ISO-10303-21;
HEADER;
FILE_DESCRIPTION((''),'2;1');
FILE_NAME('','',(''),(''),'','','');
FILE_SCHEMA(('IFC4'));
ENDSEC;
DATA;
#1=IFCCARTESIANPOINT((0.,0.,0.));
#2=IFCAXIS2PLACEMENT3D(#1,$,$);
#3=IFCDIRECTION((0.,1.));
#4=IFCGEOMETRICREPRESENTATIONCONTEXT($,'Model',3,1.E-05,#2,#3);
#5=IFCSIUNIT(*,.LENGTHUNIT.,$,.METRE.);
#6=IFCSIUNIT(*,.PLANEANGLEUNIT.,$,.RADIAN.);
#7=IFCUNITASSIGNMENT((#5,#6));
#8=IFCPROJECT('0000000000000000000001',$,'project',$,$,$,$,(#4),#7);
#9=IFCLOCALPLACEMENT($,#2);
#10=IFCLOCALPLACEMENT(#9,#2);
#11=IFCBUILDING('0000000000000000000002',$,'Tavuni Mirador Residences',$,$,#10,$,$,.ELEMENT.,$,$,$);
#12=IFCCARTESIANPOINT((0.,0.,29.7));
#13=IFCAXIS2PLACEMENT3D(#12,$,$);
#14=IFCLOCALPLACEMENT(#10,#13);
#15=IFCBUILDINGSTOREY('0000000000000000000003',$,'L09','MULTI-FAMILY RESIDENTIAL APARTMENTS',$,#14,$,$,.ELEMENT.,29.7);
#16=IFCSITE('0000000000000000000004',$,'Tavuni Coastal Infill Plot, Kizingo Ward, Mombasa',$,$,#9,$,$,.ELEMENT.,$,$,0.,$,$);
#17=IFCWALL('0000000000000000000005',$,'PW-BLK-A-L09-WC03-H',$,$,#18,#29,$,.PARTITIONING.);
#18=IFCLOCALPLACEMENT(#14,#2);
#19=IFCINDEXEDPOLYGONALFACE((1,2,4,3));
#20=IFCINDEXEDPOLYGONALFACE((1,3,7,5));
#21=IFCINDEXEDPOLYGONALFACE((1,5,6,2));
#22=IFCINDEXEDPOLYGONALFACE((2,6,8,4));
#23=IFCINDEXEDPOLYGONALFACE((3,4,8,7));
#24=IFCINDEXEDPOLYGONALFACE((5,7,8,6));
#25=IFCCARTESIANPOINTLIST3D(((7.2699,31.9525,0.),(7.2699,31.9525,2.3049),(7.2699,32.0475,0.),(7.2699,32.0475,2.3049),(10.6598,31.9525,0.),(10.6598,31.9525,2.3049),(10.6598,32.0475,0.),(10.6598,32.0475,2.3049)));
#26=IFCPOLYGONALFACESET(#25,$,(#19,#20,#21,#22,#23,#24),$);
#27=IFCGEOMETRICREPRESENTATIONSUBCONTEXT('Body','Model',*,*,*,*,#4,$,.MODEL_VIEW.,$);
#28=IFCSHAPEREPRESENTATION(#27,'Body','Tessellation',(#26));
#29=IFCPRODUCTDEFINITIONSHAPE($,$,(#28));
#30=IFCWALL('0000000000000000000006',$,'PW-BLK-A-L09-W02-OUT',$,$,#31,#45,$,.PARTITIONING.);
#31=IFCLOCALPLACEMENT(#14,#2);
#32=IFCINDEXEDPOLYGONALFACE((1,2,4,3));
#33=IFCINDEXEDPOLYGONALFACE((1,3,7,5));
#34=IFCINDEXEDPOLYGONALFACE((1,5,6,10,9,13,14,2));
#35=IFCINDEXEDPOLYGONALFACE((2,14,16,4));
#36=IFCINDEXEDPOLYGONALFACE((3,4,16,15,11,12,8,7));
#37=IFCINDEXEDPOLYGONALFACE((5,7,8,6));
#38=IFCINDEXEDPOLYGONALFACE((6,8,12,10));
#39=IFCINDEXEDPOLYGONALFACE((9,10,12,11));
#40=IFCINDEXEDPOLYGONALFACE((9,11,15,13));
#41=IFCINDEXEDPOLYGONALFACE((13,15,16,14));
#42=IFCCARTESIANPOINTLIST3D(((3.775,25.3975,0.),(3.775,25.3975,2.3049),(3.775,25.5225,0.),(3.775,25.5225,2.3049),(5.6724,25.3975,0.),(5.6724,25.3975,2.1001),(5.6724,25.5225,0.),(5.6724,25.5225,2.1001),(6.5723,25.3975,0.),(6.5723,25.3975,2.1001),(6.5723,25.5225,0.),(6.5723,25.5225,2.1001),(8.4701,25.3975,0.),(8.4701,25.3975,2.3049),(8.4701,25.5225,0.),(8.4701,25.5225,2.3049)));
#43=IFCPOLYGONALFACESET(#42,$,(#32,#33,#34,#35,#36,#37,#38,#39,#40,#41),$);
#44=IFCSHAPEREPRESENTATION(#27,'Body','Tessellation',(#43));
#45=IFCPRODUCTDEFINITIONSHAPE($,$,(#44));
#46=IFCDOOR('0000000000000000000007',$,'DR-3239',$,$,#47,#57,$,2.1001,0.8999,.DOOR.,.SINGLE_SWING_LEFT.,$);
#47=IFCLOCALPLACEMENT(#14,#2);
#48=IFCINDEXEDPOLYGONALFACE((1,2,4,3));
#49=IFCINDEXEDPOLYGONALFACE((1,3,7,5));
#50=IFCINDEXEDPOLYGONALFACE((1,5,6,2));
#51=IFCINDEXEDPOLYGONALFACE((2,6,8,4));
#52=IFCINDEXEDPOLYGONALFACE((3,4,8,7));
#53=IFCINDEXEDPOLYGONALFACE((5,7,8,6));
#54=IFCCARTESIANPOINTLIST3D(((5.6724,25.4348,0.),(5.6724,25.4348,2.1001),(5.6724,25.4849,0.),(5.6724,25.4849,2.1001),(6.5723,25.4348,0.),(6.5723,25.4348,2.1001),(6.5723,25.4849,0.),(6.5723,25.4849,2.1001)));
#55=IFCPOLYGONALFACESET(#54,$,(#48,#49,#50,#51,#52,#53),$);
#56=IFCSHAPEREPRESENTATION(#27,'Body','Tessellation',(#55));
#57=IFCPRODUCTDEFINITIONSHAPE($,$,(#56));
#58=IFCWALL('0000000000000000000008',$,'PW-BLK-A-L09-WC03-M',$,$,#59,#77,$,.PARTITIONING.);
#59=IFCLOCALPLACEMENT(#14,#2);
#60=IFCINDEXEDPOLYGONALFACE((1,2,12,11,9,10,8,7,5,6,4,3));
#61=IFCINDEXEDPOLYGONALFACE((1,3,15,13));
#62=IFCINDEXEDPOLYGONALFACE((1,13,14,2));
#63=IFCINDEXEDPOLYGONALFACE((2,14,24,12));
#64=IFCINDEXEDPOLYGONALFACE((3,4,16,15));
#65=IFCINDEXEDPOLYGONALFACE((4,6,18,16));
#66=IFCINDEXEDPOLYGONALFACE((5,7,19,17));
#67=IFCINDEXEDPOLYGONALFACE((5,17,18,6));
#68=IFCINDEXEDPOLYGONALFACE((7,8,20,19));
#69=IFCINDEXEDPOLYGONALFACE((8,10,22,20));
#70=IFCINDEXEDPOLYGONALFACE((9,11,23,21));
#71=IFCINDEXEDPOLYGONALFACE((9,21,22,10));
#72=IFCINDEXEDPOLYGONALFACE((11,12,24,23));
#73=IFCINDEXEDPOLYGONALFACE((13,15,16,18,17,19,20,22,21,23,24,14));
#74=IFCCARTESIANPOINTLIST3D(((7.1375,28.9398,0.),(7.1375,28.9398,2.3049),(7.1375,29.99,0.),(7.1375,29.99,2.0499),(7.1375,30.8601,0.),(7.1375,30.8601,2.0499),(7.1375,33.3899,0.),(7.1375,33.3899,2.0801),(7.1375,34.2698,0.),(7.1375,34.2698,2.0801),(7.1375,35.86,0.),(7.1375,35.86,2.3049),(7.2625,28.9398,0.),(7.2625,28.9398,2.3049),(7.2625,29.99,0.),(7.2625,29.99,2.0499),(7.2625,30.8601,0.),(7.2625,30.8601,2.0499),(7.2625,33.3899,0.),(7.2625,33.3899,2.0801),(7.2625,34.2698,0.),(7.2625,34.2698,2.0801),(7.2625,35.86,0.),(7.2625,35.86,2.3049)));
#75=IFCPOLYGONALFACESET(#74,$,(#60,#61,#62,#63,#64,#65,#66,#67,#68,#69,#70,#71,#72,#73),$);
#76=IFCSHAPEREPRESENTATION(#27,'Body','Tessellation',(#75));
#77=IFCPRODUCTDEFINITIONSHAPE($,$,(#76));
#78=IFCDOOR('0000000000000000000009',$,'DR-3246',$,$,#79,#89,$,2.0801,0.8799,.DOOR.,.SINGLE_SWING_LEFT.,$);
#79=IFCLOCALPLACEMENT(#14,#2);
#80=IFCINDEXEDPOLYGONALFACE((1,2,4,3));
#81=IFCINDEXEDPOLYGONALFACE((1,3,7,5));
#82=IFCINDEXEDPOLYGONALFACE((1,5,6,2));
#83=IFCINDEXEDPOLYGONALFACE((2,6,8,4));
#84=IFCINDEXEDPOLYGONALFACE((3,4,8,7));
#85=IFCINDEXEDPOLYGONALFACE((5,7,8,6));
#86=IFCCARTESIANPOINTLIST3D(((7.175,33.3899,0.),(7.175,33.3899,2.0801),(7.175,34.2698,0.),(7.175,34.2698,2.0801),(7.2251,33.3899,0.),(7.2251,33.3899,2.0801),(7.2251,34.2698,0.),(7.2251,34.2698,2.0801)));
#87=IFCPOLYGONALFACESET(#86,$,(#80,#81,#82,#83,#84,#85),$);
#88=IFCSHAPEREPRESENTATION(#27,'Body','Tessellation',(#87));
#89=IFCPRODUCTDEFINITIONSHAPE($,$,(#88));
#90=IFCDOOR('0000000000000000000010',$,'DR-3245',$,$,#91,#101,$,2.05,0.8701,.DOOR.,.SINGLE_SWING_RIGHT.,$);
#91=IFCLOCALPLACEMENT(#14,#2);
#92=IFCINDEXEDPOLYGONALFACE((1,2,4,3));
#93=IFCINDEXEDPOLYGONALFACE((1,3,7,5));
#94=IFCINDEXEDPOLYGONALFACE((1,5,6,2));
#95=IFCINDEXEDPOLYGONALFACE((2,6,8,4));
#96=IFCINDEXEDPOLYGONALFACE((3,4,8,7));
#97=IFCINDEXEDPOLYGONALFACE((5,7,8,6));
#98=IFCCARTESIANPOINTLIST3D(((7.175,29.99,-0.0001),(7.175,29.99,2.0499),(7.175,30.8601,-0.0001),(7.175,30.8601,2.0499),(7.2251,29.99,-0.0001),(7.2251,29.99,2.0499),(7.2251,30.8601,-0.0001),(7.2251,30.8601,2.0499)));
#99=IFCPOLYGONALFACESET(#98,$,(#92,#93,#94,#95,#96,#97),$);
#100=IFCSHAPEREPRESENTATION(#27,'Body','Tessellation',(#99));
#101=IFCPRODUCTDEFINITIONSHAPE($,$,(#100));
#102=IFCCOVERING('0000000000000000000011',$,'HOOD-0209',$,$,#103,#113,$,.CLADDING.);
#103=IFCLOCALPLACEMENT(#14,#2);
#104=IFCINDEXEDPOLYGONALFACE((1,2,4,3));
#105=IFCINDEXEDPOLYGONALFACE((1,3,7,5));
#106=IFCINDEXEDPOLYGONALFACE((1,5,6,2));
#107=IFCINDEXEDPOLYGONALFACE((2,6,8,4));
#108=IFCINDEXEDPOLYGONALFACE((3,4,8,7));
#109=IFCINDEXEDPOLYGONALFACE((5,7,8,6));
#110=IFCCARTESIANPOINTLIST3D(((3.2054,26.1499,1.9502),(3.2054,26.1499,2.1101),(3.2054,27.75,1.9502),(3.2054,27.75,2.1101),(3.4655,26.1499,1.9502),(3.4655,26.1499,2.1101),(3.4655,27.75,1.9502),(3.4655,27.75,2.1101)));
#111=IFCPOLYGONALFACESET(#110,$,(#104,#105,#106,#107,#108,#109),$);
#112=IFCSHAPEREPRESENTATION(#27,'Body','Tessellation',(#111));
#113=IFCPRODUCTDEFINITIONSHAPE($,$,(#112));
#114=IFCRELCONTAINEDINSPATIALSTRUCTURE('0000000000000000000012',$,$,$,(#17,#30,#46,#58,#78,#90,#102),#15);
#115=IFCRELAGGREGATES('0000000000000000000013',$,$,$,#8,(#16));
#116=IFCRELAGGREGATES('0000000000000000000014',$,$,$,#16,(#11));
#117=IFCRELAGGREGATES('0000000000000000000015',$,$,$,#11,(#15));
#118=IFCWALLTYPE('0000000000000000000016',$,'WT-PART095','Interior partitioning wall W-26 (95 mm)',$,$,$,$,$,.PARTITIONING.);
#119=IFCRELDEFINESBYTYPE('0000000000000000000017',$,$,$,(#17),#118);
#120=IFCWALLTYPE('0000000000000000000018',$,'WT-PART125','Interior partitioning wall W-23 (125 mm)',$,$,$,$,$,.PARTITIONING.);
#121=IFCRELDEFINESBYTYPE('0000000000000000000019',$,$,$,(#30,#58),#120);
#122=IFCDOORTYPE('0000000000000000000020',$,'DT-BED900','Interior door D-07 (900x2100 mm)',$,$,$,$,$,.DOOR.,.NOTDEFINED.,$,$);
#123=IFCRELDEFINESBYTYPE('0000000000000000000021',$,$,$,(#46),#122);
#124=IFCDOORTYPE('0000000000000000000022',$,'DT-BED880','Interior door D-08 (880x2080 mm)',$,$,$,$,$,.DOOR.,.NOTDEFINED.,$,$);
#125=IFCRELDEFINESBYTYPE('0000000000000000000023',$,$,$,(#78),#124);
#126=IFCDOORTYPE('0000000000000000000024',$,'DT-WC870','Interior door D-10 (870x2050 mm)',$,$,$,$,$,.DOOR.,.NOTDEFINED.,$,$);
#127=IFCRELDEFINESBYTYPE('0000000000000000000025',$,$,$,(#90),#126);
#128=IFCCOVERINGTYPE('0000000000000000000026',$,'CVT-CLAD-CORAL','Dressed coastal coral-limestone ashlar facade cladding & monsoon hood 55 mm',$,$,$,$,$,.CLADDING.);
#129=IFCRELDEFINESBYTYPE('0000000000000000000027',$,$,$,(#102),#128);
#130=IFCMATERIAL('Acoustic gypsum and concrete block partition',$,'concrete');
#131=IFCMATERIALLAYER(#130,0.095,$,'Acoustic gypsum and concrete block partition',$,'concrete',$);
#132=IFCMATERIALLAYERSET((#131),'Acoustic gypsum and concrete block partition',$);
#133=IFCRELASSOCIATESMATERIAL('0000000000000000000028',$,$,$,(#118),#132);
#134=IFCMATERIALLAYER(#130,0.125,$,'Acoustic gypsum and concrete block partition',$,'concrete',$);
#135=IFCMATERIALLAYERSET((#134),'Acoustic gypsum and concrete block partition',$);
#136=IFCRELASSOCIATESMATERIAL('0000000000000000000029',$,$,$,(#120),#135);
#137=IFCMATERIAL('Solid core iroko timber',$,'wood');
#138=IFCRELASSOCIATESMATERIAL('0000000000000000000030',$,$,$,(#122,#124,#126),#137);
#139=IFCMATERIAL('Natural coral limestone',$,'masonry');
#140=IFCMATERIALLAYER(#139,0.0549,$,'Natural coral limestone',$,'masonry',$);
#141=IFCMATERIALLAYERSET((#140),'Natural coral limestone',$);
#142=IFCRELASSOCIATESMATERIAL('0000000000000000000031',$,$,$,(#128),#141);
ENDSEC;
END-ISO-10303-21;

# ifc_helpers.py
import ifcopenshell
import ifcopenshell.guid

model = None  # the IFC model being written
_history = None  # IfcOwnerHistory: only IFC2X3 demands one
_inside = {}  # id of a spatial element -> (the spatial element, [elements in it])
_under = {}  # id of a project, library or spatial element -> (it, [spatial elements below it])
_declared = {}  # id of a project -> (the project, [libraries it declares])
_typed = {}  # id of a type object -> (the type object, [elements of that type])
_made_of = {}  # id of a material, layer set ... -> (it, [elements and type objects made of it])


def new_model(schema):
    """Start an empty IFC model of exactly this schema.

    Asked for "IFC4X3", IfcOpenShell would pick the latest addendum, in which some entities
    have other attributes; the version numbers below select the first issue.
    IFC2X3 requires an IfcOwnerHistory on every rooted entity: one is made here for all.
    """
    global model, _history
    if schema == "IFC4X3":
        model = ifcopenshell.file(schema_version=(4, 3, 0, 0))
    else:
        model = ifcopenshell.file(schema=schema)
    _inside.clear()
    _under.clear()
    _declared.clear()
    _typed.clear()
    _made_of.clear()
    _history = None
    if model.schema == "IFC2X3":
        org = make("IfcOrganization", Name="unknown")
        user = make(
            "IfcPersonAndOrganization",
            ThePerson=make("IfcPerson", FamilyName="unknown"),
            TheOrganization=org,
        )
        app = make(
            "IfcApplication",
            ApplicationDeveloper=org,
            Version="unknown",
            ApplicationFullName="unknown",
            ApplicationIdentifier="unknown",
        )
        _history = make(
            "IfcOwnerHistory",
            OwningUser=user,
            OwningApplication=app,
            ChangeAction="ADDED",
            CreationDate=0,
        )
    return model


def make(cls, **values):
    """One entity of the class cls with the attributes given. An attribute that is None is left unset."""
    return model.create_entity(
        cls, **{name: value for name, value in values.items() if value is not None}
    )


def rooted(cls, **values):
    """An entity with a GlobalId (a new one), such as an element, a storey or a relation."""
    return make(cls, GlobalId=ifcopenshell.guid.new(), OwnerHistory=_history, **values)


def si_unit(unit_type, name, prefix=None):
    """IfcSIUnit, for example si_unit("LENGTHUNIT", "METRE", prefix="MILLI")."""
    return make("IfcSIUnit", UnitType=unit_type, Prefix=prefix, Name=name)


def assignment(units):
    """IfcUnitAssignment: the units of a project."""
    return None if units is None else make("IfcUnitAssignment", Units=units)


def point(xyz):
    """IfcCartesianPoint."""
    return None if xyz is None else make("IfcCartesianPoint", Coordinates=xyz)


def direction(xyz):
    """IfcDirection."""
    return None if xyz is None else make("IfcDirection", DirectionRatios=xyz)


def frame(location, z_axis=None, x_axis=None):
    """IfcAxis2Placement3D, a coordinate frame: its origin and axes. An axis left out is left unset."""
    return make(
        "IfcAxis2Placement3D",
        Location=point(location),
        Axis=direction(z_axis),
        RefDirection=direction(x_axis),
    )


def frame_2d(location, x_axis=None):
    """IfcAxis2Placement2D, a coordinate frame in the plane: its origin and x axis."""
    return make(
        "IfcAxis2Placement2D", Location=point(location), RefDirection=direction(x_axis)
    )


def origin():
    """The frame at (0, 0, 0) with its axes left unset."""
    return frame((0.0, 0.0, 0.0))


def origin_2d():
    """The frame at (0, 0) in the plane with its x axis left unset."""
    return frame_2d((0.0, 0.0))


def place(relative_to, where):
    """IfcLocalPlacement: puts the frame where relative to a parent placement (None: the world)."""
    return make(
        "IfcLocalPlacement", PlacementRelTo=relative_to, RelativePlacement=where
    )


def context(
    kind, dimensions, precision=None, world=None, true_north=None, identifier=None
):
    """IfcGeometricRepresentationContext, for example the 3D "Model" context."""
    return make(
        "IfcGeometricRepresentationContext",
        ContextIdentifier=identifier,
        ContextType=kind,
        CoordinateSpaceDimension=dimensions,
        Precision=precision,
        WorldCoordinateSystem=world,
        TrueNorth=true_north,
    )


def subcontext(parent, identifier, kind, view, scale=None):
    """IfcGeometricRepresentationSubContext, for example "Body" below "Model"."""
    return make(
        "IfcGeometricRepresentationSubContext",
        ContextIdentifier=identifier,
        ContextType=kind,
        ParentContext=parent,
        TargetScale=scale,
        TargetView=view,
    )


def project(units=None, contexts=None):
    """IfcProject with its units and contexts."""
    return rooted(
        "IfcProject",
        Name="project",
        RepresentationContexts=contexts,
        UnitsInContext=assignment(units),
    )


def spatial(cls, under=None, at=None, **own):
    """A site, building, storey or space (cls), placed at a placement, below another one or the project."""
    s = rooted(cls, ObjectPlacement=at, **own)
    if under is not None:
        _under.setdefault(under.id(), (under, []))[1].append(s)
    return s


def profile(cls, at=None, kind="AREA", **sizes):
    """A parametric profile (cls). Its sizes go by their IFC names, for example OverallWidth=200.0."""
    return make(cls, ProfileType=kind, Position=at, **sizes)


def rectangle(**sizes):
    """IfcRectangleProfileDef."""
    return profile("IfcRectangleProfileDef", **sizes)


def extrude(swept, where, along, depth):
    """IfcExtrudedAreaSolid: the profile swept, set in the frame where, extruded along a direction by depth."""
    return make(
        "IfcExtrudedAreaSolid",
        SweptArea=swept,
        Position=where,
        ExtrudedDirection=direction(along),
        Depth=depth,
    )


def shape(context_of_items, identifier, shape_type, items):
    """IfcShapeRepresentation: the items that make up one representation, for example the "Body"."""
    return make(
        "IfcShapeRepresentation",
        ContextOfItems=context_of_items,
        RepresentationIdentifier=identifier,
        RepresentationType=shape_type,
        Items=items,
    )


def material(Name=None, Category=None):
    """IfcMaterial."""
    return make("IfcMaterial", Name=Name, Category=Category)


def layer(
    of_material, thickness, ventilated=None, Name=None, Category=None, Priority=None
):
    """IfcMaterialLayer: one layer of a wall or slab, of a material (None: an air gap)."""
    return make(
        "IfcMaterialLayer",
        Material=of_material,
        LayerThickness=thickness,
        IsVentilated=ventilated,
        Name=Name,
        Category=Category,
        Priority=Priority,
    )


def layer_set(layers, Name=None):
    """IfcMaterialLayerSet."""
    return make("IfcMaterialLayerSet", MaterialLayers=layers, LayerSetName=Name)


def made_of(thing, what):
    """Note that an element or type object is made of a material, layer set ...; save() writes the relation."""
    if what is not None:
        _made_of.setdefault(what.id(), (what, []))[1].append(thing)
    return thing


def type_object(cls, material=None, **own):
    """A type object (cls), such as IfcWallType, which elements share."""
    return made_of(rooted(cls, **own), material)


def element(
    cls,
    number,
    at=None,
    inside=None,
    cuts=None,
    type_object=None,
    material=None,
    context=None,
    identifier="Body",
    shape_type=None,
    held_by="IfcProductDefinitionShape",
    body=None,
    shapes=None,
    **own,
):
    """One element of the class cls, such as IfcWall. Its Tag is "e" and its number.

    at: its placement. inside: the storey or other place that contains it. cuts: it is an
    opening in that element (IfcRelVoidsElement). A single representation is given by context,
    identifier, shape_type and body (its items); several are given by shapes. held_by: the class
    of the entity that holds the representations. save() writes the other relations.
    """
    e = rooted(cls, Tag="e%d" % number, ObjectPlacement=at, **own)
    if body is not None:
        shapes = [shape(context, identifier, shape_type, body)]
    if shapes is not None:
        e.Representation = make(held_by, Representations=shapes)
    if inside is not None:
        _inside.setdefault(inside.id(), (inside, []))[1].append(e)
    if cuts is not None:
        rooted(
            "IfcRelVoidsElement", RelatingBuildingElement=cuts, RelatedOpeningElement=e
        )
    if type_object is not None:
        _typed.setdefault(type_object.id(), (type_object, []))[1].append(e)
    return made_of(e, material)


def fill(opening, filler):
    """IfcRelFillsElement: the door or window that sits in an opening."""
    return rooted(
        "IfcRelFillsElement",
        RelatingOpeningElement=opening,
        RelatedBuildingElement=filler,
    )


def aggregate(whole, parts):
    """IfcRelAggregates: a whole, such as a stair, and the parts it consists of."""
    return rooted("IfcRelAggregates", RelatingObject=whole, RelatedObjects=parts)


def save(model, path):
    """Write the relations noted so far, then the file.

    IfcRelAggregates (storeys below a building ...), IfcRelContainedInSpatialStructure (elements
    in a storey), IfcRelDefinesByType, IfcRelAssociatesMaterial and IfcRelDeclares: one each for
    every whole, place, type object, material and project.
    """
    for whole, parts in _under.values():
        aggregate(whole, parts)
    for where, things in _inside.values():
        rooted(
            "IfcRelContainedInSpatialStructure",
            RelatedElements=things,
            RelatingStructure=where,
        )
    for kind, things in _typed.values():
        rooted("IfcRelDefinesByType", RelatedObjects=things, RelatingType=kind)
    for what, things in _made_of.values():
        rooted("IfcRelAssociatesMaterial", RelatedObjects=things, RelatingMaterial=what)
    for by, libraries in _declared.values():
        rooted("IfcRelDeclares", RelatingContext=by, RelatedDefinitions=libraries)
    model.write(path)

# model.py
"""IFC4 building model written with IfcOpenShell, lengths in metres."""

from ifc_helpers import new_model, si_unit, direction, frame, frame_2d, origin, origin_2d, place, context, subcontext, project, spatial, rectangle, extrude, material, layer, layer_set, type_object, element, fill, save


model = new_model("IFC4")

# Units and contexts
model_context = context("Model", 3, precision=1e-05, world=origin(), true_north=direction((0.0, 1.0)))
body_context = subcontext(model_context, "Body", "Model", "MODEL_VIEW")
ifc_project = project(units=[si_unit("LENGTHUNIT", "METRE"), si_unit("PLANEANGLEUNIT", "RADIAN")], contexts=[model_context])

# Site, building, storey
site_placement = place(None, origin())
site = spatial("IfcSite", under=ifc_project, at=site_placement, Name="Tavuni Coastal Infill Plot, Kizingo Ward, Mombasa", CompositionType="ELEMENT", RefElevation=0.0)
building_placement = place(site_placement, origin())
building = spatial("IfcBuilding", under=site, at=building_placement, Name="Tavuni Mirador Residences", CompositionType="ELEMENT")
storey_placement = place(building_placement, frame((0.0, 0.0, 29.7)))
storey = spatial("IfcBuildingStorey", under=building, at=storey_placement, Name="L09", Description="MULTI-FAMILY RESIDENTIAL APARTMENTS", CompositionType="ELEMENT", Elevation=29.7)

# Wall
ifc_material_1 = material(Name="Acoustic gypsum and concrete block partition", Category="concrete")
ifc_layer_1 = layer(ifc_material_1, 0.095, Name="Acoustic gypsum and concrete block partition", Category="concrete")
ifc_layer_set_1 = layer_set([ifc_layer_1], Name="Acoustic gypsum and concrete block partition")
wall_type_1 = type_object("IfcWallType", Name="WT-PART095", Description="Interior partitioning wall W-26 (95 mm)", PredefinedType="PARTITIONING", material=ifc_layer_set_1)
wall_1_placement = place(storey_placement, frame((7.27, 32.0, 0.0), z_axis=(0.0, 0.0, 1.0), x_axis=(1.0, 0.0, 0.0)))
element("IfcWall", 1, at=wall_1_placement, inside=storey, type_object=wall_type_1, Name="PW-BLK-A-L09-WC03-H", PredefinedType="PARTITIONING", context=body_context, shape_type="SweptSolid", body=[
    extrude(rectangle(XDim=3.3899, YDim=0.095, at=frame_2d((1.6948, 0.0))), origin(), (0.0, 0.0, 1.0), 2.3049),
])

# Wall, opening, door
ifc_layer_2 = layer(ifc_material_1, 0.125, Name="Acoustic gypsum and concrete block partition", Category="concrete")
ifc_layer_set_2 = layer_set([ifc_layer_2], Name="Acoustic gypsum and concrete block partition")
wall_type_2 = type_object("IfcWallType", Name="WT-PART125", Description="Interior partitioning wall W-23 (125 mm)", PredefinedType="PARTITIONING", material=ifc_layer_set_2)
wall_2_placement = place(storey_placement, frame((3.7749, 25.46, 0.0), z_axis=(0.0, 0.0, 1.0), x_axis=(1.0, 0.0, 0.0)))
wall_2 = element("IfcWall", 2, at=wall_2_placement, inside=storey, type_object=wall_type_2, Name="PW-BLK-A-L09-W02-OUT", PredefinedType="PARTITIONING", context=body_context, shape_type="SweptSolid", body=[
    extrude(rectangle(XDim=4.6951, YDim=0.125, at=frame_2d((2.3477, 0.0))), origin(), (0.0, 0.0, 1.0), 2.3049),
])
opening_1_placement = place(wall_2_placement, frame((1.8975, 0.0, 0.0)))
opening_1 = element("IfcOpeningElement", 3, at=opening_1_placement, cuts=wall_2, PredefinedType="OPENING", context=body_context, shape_type="SweptSolid", body=[
    extrude(rectangle(XDim=0.8999, YDim=2.1001, at=frame_2d((0.45, 1.05))), frame((0.0, 0.0725, 0.0), z_axis=(0.0, -1.0, 0.0), x_axis=(1.0, 0.0, 0.0)), (0.0, 0.0, 1.0), 0.145),
])
ifc_material_2 = material(Name="Solid core iroko timber", Category="wood")
door_type_1 = type_object("IfcDoorType", Name="DT-BED900", Description="Interior door D-07 (900x2100 mm)", OperationType="NOTDEFINED", PredefinedType="DOOR", material=ifc_material_2)
door_1_placement = place(opening_1_placement, origin())
door_1 = element("IfcDoor", 4, at=door_1_placement, inside=storey, type_object=door_type_1, Name="DR-3239", OperationType="SINGLE_SWING_LEFT", OverallHeight=2.1001, OverallWidth=0.8999, PredefinedType="DOOR", context=body_context, shape_type="SweptSolid", body=[
    extrude(rectangle(XDim=0.8999, YDim=2.1001, at=frame_2d((0.45, 1.05))), frame((0.0, 0.0249, 0.0), z_axis=(0.0, -1.0, 0.0), x_axis=(1.0, 0.0, 0.0)), (0.0, 0.0, 1.0), 0.05),
])
fill(opening_1, door_1)

# Wall, openings, doors
wall_3_placement = place(storey_placement, frame((7.2, 28.9399, 0.0), z_axis=(0.0, 0.0, 1.0), x_axis=(0.0, 1.0, 0.0)))
wall_3 = element("IfcWall", 5, at=wall_3_placement, inside=storey, type_object=wall_type_2, Name="PW-BLK-A-L09-WC03-M", PredefinedType="PARTITIONING", context=body_context, shape_type="SweptSolid", body=[
    extrude(rectangle(XDim=6.9202, YDim=0.125, at=frame_2d((3.46, 0.0))), origin(), (0.0, 0.0, 1.0), 2.3049),
])
opening_2_placement = place(wall_3_placement, frame((1.05, 0.0, 0.0)))
opening_2 = element("IfcOpeningElement", 6, at=opening_2_placement, cuts=wall_3, PredefinedType="OPENING", context=body_context, shape_type="SweptSolid", body=[
    extrude(rectangle(XDim=0.8701, YDim=2.05, at=frame_2d((0.4351, 1.0249))), frame((0.0, 0.0725, 0.0), z_axis=(0.0, -1.0, 0.0), x_axis=(1.0, 0.0, 0.0)), (0.0, 0.0, 1.0), 0.145),
])
opening_3_placement = place(wall_3_placement, frame((4.45, 0.0, 0.0)))
opening_3 = element("IfcOpeningElement", 7, at=opening_3_placement, cuts=wall_3, PredefinedType="OPENING", context=body_context, shape_type="SweptSolid", body=[
    extrude(rectangle(XDim=0.8799, YDim=2.0801, at=frame_2d((0.4399, 1.04))), frame((0.0, 0.0725, 0.0), z_axis=(0.0, -1.0, 0.0), x_axis=(1.0, 0.0, 0.0)), (0.0, 0.0, 1.0), 0.145),
])
door_type_2 = type_object("IfcDoorType", Name="DT-BED880", Description="Interior door D-08 (880x2080 mm)", OperationType="NOTDEFINED", PredefinedType="DOOR", material=ifc_material_2)
door_2_placement = place(opening_3_placement, origin())
door_2 = element("IfcDoor", 8, at=door_2_placement, inside=storey, type_object=door_type_2, Name="DR-3246", OperationType="SINGLE_SWING_LEFT", OverallHeight=2.0801, OverallWidth=0.8799, PredefinedType="DOOR", context=body_context, shape_type="SweptSolid", body=[
    extrude(rectangle(XDim=0.8799, YDim=2.0801, at=frame_2d((0.4399, 1.04))), frame((0.0, 0.0249, 0.0), z_axis=(0.0, -1.0, 0.0), x_axis=(1.0, 0.0, 0.0)), (0.0, 0.0, 1.0), 0.05),
])
fill(opening_3, door_2)
door_type_3 = type_object("IfcDoorType", Name="DT-WC870", Description="Interior door D-10 (870x2050 mm)", OperationType="NOTDEFINED", PredefinedType="DOOR", material=ifc_material_2)
door_3_placement = place(opening_2_placement, origin())
door_3 = element("IfcDoor", 9, at=door_3_placement, inside=storey, type_object=door_type_3, Name="DR-3245", OperationType="SINGLE_SWING_RIGHT", OverallHeight=2.05, OverallWidth=0.8701, PredefinedType="DOOR", context=body_context, shape_type="SweptSolid", body=[
    extrude(rectangle(XDim=0.8701, YDim=2.05, at=frame_2d((0.4351, 1.0249))), frame((0.0, 0.0249, 0.0), z_axis=(0.0, -1.0, 0.0), x_axis=(1.0, 0.0, 0.0)), (0.0, 0.0, 1.0), 0.05),
])
fill(opening_2, door_3)

# Covering
ifc_material_3 = material(Name="Natural coral limestone", Category="masonry")
ifc_layer_3 = layer(ifc_material_3, 0.0549, Name="Natural coral limestone", Category="masonry")
ifc_layer_set_3 = layer_set([ifc_layer_3], Name="Natural coral limestone")
covering_type = type_object("IfcCoveringType", Name="CVT-CLAD-CORAL", Description="Dressed coastal coral-limestone ashlar facade cladding & monsoon hood 55 mm", PredefinedType="CLADDING", material=ifc_layer_set_3)
covering_placement = place(storey_placement, frame((3.3354, 26.95, 1.9502), z_axis=(0.0, 0.0, 1.0), x_axis=(0.0, -1.0, 0.0)))
element("IfcCovering", 10, at=covering_placement, inside=storey, type_object=covering_type, Name="HOOD-0209", PredefinedType="CLADDING", context=body_context, shape_type="SweptSolid", body=[
    extrude(rectangle(XDim=1.6001, YDim=0.26, at=origin_2d()), origin(), (0.0, 0.0, 1.0), 0.1599),
])

save(model, "model.ifc")
